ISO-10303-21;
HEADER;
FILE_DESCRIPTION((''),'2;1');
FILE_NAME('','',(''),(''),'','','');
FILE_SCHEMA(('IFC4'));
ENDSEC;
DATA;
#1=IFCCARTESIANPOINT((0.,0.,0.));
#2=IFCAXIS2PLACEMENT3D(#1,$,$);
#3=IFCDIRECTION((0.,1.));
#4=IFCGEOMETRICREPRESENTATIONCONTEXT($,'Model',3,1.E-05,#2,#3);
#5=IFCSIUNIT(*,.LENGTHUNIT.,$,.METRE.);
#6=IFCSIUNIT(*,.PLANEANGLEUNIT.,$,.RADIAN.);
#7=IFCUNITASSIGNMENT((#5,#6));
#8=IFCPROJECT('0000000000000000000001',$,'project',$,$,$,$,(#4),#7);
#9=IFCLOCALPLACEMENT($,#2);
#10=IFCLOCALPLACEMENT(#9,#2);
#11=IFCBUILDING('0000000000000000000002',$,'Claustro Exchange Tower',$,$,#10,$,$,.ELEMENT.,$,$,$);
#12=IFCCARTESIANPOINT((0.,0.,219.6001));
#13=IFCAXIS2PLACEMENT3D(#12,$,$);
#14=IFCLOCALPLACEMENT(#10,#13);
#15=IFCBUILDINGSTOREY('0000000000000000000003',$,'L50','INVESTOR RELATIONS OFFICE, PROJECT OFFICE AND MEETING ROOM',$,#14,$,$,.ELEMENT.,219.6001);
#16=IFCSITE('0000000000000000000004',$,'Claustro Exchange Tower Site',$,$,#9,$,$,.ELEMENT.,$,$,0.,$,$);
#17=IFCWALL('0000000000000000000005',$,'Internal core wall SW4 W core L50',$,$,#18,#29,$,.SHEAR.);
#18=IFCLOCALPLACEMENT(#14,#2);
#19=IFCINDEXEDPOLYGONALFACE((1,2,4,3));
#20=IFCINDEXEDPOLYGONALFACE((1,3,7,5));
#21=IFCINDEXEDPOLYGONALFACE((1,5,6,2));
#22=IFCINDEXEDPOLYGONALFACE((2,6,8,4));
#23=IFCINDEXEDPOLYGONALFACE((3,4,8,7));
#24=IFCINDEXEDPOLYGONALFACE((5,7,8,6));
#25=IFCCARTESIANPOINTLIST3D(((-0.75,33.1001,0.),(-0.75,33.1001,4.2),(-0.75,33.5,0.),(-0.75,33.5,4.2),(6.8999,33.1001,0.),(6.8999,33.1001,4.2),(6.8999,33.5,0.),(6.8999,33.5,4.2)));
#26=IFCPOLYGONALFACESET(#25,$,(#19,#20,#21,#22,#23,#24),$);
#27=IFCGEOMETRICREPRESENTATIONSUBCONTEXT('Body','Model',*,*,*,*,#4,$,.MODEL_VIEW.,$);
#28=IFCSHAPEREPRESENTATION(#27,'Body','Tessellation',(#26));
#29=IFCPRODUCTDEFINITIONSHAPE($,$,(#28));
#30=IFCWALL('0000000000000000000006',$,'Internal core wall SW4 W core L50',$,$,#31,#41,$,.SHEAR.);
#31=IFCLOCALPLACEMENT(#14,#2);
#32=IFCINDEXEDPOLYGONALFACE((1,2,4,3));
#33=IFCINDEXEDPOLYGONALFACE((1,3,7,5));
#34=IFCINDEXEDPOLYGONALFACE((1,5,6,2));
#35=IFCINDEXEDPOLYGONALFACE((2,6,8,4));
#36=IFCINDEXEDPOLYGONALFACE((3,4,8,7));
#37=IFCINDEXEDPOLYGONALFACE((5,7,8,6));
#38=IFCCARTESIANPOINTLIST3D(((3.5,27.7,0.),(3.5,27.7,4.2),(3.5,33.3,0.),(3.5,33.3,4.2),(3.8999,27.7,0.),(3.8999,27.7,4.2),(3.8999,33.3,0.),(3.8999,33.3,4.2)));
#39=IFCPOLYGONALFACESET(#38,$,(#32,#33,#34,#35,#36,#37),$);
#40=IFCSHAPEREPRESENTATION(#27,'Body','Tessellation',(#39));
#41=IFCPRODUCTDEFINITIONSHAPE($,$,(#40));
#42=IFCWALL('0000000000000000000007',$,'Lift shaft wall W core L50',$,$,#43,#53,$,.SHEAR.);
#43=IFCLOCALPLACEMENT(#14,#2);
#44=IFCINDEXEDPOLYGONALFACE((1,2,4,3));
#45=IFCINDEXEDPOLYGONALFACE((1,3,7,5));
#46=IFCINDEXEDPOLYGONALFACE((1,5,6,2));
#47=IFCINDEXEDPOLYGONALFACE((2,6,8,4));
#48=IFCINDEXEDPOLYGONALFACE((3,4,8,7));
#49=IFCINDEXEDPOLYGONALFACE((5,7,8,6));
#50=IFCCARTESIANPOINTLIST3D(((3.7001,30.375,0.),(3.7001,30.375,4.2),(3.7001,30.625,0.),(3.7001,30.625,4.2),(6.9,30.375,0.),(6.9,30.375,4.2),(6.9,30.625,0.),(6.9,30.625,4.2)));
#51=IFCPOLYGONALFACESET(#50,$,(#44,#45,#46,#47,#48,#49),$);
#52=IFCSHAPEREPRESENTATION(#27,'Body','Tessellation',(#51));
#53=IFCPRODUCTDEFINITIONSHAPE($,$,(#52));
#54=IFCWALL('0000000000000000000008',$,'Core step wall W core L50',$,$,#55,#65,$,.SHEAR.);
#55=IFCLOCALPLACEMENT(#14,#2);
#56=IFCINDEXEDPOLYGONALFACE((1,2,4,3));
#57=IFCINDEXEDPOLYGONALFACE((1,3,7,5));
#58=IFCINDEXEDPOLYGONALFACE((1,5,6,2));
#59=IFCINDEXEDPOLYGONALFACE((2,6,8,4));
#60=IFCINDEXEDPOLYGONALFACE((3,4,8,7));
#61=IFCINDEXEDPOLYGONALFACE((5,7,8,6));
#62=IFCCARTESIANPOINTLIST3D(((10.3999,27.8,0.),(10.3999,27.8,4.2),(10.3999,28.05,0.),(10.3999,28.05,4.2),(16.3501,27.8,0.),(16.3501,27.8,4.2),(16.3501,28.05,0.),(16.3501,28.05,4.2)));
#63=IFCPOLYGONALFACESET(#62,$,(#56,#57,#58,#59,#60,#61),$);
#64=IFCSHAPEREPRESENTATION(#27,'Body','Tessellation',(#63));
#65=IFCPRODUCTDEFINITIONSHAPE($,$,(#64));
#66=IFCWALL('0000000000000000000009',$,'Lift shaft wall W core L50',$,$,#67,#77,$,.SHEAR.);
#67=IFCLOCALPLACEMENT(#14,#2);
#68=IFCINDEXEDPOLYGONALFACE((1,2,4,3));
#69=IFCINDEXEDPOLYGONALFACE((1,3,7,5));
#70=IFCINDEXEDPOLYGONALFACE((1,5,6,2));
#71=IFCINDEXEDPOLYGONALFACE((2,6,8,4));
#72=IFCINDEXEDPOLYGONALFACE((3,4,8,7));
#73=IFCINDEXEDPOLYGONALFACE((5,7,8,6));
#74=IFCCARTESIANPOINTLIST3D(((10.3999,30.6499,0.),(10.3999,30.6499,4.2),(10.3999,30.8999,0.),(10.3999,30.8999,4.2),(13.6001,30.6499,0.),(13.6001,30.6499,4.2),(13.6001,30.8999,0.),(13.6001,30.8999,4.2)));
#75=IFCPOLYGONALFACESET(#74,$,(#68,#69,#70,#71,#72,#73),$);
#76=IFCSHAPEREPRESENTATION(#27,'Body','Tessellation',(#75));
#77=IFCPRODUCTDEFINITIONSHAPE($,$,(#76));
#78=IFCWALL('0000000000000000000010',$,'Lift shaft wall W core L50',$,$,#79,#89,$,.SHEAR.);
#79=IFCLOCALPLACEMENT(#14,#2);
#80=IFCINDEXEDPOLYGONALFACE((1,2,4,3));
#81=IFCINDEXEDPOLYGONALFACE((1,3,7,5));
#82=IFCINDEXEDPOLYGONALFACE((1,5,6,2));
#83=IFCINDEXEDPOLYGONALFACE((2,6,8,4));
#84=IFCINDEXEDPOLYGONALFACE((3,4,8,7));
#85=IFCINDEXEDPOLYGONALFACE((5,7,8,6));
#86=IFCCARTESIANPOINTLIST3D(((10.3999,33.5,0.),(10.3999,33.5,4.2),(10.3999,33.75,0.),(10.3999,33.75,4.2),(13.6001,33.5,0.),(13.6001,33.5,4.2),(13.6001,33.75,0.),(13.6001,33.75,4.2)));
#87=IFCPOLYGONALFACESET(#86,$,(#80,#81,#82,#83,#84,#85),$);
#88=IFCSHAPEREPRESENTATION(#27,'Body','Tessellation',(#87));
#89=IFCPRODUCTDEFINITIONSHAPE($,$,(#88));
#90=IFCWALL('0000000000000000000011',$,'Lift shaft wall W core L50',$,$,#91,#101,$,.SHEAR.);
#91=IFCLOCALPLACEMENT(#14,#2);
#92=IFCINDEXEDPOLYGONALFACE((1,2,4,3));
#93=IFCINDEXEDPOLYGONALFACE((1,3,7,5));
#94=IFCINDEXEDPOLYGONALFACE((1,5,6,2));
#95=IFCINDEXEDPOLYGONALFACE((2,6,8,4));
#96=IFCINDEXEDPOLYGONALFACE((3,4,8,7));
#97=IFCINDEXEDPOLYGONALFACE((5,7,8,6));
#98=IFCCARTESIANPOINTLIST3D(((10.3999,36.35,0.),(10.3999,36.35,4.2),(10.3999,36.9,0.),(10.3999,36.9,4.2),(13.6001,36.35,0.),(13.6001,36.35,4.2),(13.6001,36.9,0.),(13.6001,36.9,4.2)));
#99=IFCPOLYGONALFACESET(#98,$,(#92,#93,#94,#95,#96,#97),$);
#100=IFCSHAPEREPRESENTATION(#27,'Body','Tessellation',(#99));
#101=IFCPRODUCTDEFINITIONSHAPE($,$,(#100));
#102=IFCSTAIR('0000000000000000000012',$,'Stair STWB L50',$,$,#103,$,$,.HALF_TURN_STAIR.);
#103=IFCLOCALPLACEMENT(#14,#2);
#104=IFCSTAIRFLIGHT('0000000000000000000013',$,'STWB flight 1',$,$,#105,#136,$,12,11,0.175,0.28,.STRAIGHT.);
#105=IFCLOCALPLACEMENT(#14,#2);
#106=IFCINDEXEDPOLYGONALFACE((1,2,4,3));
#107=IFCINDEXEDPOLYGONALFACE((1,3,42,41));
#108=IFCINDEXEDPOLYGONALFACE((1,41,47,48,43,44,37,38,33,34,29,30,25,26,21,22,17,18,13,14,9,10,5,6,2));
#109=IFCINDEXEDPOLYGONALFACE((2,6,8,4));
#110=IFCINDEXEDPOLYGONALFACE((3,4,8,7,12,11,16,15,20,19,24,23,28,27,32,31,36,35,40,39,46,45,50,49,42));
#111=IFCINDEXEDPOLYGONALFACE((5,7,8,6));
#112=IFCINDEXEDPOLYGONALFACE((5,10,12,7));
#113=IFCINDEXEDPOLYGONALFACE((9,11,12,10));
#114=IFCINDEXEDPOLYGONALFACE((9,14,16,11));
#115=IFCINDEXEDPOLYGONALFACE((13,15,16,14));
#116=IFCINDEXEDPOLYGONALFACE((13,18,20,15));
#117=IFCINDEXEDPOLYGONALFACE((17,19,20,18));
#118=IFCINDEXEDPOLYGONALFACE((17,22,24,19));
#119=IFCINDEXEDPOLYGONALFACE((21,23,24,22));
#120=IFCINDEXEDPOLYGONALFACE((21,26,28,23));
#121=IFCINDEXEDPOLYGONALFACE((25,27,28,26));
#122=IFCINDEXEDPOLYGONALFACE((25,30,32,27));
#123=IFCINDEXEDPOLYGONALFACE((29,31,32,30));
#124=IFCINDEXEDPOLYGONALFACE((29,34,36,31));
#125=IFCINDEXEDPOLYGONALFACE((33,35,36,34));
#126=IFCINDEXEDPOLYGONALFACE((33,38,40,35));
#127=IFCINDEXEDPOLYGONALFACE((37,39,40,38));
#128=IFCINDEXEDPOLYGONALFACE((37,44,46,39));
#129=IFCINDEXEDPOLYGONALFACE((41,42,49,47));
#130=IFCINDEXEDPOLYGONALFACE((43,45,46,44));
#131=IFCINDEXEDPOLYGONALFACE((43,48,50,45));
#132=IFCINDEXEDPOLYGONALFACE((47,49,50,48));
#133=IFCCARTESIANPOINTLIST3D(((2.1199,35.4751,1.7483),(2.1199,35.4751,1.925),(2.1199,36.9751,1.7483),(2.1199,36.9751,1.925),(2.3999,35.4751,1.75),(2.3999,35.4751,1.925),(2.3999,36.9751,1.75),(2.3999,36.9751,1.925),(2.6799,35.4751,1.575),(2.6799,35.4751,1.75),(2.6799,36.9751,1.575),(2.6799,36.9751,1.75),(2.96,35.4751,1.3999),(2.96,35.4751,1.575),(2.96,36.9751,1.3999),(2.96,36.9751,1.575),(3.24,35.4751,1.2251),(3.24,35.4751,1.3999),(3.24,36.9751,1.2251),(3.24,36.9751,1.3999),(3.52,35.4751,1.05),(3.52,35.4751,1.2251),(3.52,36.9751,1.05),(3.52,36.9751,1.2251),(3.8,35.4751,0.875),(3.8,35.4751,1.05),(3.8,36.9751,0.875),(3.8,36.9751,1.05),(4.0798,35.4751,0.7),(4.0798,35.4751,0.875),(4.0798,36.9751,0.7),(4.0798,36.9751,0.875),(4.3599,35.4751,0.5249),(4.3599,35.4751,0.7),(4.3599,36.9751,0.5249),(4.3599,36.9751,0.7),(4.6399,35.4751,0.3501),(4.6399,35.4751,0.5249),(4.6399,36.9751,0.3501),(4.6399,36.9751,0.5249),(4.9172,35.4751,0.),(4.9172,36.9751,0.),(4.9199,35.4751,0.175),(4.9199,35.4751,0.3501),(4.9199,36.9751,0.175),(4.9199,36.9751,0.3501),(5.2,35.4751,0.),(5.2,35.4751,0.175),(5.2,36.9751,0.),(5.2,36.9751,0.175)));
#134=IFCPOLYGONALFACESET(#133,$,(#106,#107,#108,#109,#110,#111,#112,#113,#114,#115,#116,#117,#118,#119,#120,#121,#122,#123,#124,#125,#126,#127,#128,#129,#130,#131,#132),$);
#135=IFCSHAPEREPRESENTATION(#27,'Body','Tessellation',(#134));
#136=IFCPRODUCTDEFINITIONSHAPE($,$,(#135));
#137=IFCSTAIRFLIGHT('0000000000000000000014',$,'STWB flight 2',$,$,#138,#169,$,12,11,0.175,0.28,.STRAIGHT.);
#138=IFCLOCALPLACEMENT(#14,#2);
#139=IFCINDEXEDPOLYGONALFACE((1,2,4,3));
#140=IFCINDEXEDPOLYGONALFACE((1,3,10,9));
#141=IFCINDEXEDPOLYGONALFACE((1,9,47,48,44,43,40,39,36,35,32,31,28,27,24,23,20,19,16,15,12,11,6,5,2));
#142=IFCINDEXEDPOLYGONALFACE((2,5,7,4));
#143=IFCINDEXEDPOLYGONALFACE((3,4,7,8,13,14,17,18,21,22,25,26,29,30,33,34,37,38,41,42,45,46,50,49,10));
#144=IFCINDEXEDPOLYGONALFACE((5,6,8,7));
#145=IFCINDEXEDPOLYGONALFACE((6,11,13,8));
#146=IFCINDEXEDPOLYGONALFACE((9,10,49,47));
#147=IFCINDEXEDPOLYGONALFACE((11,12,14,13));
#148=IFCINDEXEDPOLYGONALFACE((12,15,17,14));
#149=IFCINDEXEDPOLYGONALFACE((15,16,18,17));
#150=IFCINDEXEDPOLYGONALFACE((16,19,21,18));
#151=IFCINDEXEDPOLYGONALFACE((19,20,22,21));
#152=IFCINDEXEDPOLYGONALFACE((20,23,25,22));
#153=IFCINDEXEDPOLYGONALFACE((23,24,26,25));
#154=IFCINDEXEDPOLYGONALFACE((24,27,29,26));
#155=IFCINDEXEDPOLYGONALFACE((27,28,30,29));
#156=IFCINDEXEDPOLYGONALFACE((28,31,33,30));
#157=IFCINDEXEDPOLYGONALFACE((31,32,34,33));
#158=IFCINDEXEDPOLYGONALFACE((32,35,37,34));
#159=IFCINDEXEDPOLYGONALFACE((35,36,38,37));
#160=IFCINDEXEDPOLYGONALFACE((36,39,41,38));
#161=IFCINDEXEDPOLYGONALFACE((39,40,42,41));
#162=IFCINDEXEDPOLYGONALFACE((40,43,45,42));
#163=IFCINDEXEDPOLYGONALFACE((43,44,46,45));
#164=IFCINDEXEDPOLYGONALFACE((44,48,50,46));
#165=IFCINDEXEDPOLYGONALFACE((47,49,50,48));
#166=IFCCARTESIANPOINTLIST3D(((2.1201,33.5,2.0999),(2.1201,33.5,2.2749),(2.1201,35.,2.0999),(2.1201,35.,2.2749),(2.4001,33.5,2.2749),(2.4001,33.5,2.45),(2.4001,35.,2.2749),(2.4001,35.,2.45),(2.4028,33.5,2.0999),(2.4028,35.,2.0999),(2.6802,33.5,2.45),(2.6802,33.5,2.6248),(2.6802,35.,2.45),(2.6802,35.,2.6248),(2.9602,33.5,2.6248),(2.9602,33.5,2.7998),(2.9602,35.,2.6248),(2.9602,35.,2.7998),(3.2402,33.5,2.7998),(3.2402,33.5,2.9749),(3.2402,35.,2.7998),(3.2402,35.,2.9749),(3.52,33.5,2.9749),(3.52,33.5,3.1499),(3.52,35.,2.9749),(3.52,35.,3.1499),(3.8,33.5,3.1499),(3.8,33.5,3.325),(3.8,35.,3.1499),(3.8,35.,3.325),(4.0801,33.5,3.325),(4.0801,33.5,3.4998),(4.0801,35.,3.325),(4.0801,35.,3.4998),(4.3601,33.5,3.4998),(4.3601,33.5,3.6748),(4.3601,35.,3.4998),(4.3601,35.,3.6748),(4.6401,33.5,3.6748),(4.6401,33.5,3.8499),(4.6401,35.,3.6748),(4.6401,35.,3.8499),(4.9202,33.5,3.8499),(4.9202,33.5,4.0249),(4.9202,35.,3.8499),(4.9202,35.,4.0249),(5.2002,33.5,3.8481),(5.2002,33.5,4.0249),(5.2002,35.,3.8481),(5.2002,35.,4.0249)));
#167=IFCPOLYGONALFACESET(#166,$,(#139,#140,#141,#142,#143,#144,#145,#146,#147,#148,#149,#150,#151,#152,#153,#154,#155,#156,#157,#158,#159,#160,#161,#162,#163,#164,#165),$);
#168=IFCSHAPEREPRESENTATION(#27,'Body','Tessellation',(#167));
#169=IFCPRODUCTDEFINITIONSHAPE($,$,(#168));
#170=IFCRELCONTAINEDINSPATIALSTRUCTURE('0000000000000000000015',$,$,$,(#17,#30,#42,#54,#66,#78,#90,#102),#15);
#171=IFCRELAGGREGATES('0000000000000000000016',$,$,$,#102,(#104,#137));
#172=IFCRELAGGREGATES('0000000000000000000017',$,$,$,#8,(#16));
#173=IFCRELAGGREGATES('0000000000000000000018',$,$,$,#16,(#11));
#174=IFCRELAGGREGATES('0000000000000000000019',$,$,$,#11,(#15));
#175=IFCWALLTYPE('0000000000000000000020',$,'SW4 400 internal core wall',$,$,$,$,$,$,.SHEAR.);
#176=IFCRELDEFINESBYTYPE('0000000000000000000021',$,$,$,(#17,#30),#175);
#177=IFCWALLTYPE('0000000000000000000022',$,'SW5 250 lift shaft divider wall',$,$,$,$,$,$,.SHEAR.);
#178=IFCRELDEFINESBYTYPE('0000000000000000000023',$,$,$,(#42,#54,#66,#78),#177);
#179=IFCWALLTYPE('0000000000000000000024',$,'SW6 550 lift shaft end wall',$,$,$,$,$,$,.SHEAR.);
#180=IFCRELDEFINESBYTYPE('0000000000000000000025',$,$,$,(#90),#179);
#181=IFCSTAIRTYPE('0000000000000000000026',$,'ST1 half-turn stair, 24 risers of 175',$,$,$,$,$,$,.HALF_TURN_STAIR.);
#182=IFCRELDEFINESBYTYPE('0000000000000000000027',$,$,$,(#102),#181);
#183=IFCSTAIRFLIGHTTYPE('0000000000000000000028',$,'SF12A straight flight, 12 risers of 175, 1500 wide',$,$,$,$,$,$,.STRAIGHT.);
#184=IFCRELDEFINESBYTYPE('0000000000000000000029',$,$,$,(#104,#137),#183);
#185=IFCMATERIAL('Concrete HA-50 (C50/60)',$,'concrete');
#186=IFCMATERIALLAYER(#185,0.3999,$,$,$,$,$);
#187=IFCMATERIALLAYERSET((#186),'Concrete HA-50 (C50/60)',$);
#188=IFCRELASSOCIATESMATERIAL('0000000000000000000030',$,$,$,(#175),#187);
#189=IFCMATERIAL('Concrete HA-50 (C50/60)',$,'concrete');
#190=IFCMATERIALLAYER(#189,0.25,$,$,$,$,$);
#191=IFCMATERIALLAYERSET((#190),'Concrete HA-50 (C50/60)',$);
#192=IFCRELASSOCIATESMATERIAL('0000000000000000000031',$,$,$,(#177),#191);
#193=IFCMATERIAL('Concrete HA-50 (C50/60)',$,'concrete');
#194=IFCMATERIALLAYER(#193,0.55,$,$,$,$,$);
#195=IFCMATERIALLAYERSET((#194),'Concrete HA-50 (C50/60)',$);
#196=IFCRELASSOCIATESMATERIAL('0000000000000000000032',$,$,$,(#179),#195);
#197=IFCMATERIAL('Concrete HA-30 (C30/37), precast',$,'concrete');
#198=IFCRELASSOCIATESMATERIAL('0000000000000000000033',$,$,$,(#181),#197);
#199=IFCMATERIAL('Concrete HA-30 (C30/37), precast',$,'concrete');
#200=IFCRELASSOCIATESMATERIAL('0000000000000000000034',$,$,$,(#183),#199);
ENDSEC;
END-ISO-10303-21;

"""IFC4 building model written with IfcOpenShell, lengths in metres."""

from ifc_helpers import new_model, si_unit, direction, frame, frame_2d, origin, place, context, subcontext, project, spatial, polyline, rectangle, outline, extrude, material, layer, layer_set, type_object, element, aggregate, save


model = new_model("IFC4")

# Units and contexts
model_context = context("Model", 3, precision=1e-05, world=origin(), true_north=direction((0.0, 1.0)))
body_context = subcontext(model_context, "Body", "Model", "MODEL_VIEW")
ifc_project = project(units=[si_unit("LENGTHUNIT", "METRE"), si_unit("PLANEANGLEUNIT", "RADIAN")], contexts=[model_context])

# Site, building, storey
site_placement = place(None, origin())
site = spatial("IfcSite", under=ifc_project, at=site_placement, Name="Claustro Exchange Tower Site", CompositionType="ELEMENT", RefElevation=0.0)
building_placement = place(site_placement, origin())
building = spatial("IfcBuilding", under=site, at=building_placement, Name="Claustro Exchange Tower", CompositionType="ELEMENT")
storey_placement = place(building_placement, frame((0.0, 0.0, 219.6001)))
storey = spatial("IfcBuildingStorey", under=building, at=storey_placement, Name="L50", Description="INVESTOR RELATIONS OFFICE, PROJECT OFFICE AND MEETING ROOM", CompositionType="ELEMENT", Elevation=219.6001)

# Walls
ifc_material_1 = material(Name="Concrete HA-50 (C50/60)", Category="concrete")
ifc_layer_1 = layer(ifc_material_1, 0.3999)
ifc_layer_set_1 = layer_set([ifc_layer_1], Name="Concrete HA-50 (C50/60)")
wall_type_1 = type_object("IfcWallType", Name="SW4 400 internal core wall", PredefinedType="SHEAR", material=ifc_layer_set_1)
for number, where, z_axis, x_axis, name in (
    (1, (-0.75, 33.3, 0.0), (0.0, 0.0, 1.0), (1.0, 0.0, 0.0), "Internal core wall SW4 W core L50"),
):
    element("IfcWall", number, at=place(storey_placement, frame(where, z_axis=z_axis, x_axis=x_axis)), inside=storey, type_object=wall_type_1, Name=name, PredefinedType="SHEAR", context=body_context, shape_type="SweptSolid", body=[
        extrude(rectangle(XDim=7.6499, YDim=0.3999, at=frame_2d((3.825, 0.0))), origin(), (0.0, 0.0, 1.0), 4.2),
    ])
wall_1_placement = place(storey_placement, frame((3.7, 27.7, 0.0), z_axis=(0.0, 0.0, 1.0), x_axis=(0.0, 1.0, 0.0)))
element("IfcWall", 2, at=wall_1_placement, inside=storey, type_object=wall_type_1, Name="Internal core wall SW4 W core L50", PredefinedType="SHEAR", context=body_context, shape_type="SweptSolid", body=[
    extrude(rectangle(XDim=5.6001, YDim=0.3999, at=frame_2d((2.8, 0.0))), origin(), (0.0, 0.0, 1.0), 4.2),
])
ifc_material_2 = material(Name="Concrete HA-50 (C50/60)", Category="concrete")
ifc_layer_2 = layer(ifc_material_2, 0.25)
ifc_layer_set_2 = layer_set([ifc_layer_2], Name="Concrete HA-50 (C50/60)")
wall_type_2 = type_object("IfcWallType", Name="SW5 250 lift shaft divider wall", PredefinedType="SHEAR", material=ifc_layer_set_2)
wall_2_placement = place(storey_placement, frame((3.7, 30.5, 0.0), z_axis=(0.0, 0.0, 1.0), x_axis=(1.0, 0.0, 0.0)))
element("IfcWall", 3, at=wall_2_placement, inside=storey, type_object=wall_type_2, Name="Lift shaft wall W core L50", PredefinedType="SHEAR", context=body_context, shape_type="SweptSolid", body=[
    extrude(rectangle(XDim=3.2, YDim=0.25, at=frame_2d((1.6001, 0.0))), origin(), (0.0, 0.0, 1.0), 4.2),
])
wall_3_placement = place(storey_placement, frame((10.3999, 27.925, 0.0), z_axis=(0.0, 0.0, 1.0), x_axis=(1.0, 0.0, 0.0)))
element("IfcWall", 4, at=wall_3_placement, inside=storey, type_object=wall_type_2, Name="Core step wall W core L50", PredefinedType="SHEAR", context=body_context, shape_type="SweptSolid", body=[
    extrude(rectangle(XDim=5.9502, YDim=0.25, at=frame_2d((2.9751, 0.0))), origin(), (0.0, 0.0, 1.0), 4.2),
])
for number, where, z_axis, x_axis, name in (
    (5, (10.3999, 30.7749, 0.0), (0.0, 0.0, 1.0), (1.0, 0.0, 0.0), "Lift shaft wall W core L50"),
    (6, (10.3999, 33.625, 0.0), (0.0, 0.0, 1.0), (1.0, 0.0, 0.0), "Lift shaft wall W core L50"),
):
    element("IfcWall", number, at=place(storey_placement, frame(where, z_axis=z_axis, x_axis=x_axis)), inside=storey, type_object=wall_type_2, Name=name, PredefinedType="SHEAR", context=body_context, shape_type="SweptSolid", body=[
        extrude(rectangle(XDim=3.2002, YDim=0.25, at=frame_2d((1.6001, 0.0))), origin(), (0.0, 0.0, 1.0), 4.2),
    ])
ifc_material_3 = material(Name="Concrete HA-50 (C50/60)", Category="concrete")
ifc_layer_3 = layer(ifc_material_3, 0.55)
ifc_layer_set_3 = layer_set([ifc_layer_3], Name="Concrete HA-50 (C50/60)")
wall_type_3 = type_object("IfcWallType", Name="SW6 550 lift shaft end wall", PredefinedType="SHEAR", material=ifc_layer_set_3)
wall_4_placement = place(storey_placement, frame((10.3999, 36.625, 0.0), z_axis=(0.0, 0.0, 1.0), x_axis=(1.0, 0.0, 0.0)))
element("IfcWall", 7, at=wall_4_placement, inside=storey, type_object=wall_type_3, Name="Lift shaft wall W core L50", PredefinedType="SHEAR", context=body_context, shape_type="SweptSolid", body=[
    extrude(rectangle(XDim=3.2002, YDim=0.55, at=frame_2d((1.6001, 0.0))), origin(), (0.0, 0.0, 1.0), 4.2),
])

# Stair, stair flights
ifc_material_4 = material(Name="Concrete HA-30 (C30/37), precast", Category="concrete")
stair_type = type_object("IfcStairType", Name="ST1 half-turn stair, 24 risers of 175", PredefinedType="HALF_TURN_STAIR", material=ifc_material_4)
stair_placement = place(storey_placement, origin())
stair = element("IfcStair", 8, at=stair_placement, inside=storey, type_object=stair_type, Name="Stair STWB L50", PredefinedType="HALF_TURN_STAIR")
ifc_material_5 = material(Name="Concrete HA-30 (C30/37), precast", Category="concrete")
stair_flight_type = type_object("IfcStairFlightType", Name="SF12A straight flight, 12 risers of 175, 1500 wide", PredefinedType="STRAIGHT", material=ifc_material_5)
stair_flight_1_placement = place(storey_placement, frame((5.2, 36.2251, 0.0), z_axis=(0.0, 0.0, 1.0), x_axis=(-1.0, 0.0, 0.0)))
stair_flight_1 = element("IfcStairFlight", 9, at=stair_flight_1_placement, type_object=stair_flight_type, Name="STWB flight 1", NumberOfRisers=12, NumberOfTreads=11, PredefinedType="STRAIGHT", RiserHeight=0.175, TreadLength=0.28, context=body_context, shape_type="SweptSolid", body=[
    extrude(outline(polyline([(0.0, 0.0), (0.0, 0.175), (0.28, 0.175), (0.28, 0.3501), (0.5601, 0.3501), (0.5601, 0.5249), (0.8401, 0.5249), (0.8401, 0.7), (1.1201, 0.7), (1.1201, 0.875), (1.3999, 0.875), (1.3999, 1.05), (1.6799, 1.05), (1.6799, 1.2251), (1.96, 1.2251), (1.96, 1.3999), (2.24, 1.3999), (2.24, 1.575), (2.52, 1.575), (2.52, 1.75), (2.8, 1.75), (2.8, 1.925), (3.0801, 1.925), (3.0801, 2.1001), (3.0801, 1.7483), (0.2827, 0.0), (0.0, 0.0)])), frame((0.0, 0.75, 0.0), z_axis=(0.0, -1.0, 0.0), x_axis=(1.0, 0.0, 0.0)), (0.0, 0.0, 1.0), 1.5),
])
stair_flight_2_placement = place(storey_placement, frame((2.1201, 34.25, 2.0999), z_axis=(0.0, 0.0, 1.0), x_axis=(1.0, 0.0, 0.0)))
stair_flight_2 = element("IfcStairFlight", 10, at=stair_flight_2_placement, type_object=stair_flight_type, Name="STWB flight 2", NumberOfRisers=12, NumberOfTreads=11, PredefinedType="STRAIGHT", RiserHeight=0.175, TreadLength=0.28, context=body_context, shape_type="SweptSolid", body=[
    extrude(outline(polyline([(0.0, 0.0), (0.0, 0.175), (0.28, 0.175), (0.28, 0.3501), (0.5601, 0.3501), (0.5601, 0.5249), (0.8401, 0.5249), (0.8401, 0.7), (1.1201, 0.7), (1.1201, 0.875), (1.3999, 0.875), (1.3999, 1.05), (1.6799, 1.05), (1.6799, 1.2251), (1.96, 1.2251), (1.96, 1.3999), (2.24, 1.3999), (2.24, 1.575), (2.52, 1.575), (2.52, 1.75), (2.8, 1.75), (2.8, 1.925), (3.0801, 1.925), (3.0801, 2.1001), (3.0801, 1.7483), (0.2827, 0.0), (0.0, 0.0)])), frame((0.0, 0.75, 0.0), z_axis=(0.0, -1.0, 0.0), x_axis=(1.0, 0.0, 0.0)), (0.0, 0.0, 1.0), 1.5),
])
aggregate(stair, [stair_flight_1, stair_flight_2])

save(model, "model.ifc")
